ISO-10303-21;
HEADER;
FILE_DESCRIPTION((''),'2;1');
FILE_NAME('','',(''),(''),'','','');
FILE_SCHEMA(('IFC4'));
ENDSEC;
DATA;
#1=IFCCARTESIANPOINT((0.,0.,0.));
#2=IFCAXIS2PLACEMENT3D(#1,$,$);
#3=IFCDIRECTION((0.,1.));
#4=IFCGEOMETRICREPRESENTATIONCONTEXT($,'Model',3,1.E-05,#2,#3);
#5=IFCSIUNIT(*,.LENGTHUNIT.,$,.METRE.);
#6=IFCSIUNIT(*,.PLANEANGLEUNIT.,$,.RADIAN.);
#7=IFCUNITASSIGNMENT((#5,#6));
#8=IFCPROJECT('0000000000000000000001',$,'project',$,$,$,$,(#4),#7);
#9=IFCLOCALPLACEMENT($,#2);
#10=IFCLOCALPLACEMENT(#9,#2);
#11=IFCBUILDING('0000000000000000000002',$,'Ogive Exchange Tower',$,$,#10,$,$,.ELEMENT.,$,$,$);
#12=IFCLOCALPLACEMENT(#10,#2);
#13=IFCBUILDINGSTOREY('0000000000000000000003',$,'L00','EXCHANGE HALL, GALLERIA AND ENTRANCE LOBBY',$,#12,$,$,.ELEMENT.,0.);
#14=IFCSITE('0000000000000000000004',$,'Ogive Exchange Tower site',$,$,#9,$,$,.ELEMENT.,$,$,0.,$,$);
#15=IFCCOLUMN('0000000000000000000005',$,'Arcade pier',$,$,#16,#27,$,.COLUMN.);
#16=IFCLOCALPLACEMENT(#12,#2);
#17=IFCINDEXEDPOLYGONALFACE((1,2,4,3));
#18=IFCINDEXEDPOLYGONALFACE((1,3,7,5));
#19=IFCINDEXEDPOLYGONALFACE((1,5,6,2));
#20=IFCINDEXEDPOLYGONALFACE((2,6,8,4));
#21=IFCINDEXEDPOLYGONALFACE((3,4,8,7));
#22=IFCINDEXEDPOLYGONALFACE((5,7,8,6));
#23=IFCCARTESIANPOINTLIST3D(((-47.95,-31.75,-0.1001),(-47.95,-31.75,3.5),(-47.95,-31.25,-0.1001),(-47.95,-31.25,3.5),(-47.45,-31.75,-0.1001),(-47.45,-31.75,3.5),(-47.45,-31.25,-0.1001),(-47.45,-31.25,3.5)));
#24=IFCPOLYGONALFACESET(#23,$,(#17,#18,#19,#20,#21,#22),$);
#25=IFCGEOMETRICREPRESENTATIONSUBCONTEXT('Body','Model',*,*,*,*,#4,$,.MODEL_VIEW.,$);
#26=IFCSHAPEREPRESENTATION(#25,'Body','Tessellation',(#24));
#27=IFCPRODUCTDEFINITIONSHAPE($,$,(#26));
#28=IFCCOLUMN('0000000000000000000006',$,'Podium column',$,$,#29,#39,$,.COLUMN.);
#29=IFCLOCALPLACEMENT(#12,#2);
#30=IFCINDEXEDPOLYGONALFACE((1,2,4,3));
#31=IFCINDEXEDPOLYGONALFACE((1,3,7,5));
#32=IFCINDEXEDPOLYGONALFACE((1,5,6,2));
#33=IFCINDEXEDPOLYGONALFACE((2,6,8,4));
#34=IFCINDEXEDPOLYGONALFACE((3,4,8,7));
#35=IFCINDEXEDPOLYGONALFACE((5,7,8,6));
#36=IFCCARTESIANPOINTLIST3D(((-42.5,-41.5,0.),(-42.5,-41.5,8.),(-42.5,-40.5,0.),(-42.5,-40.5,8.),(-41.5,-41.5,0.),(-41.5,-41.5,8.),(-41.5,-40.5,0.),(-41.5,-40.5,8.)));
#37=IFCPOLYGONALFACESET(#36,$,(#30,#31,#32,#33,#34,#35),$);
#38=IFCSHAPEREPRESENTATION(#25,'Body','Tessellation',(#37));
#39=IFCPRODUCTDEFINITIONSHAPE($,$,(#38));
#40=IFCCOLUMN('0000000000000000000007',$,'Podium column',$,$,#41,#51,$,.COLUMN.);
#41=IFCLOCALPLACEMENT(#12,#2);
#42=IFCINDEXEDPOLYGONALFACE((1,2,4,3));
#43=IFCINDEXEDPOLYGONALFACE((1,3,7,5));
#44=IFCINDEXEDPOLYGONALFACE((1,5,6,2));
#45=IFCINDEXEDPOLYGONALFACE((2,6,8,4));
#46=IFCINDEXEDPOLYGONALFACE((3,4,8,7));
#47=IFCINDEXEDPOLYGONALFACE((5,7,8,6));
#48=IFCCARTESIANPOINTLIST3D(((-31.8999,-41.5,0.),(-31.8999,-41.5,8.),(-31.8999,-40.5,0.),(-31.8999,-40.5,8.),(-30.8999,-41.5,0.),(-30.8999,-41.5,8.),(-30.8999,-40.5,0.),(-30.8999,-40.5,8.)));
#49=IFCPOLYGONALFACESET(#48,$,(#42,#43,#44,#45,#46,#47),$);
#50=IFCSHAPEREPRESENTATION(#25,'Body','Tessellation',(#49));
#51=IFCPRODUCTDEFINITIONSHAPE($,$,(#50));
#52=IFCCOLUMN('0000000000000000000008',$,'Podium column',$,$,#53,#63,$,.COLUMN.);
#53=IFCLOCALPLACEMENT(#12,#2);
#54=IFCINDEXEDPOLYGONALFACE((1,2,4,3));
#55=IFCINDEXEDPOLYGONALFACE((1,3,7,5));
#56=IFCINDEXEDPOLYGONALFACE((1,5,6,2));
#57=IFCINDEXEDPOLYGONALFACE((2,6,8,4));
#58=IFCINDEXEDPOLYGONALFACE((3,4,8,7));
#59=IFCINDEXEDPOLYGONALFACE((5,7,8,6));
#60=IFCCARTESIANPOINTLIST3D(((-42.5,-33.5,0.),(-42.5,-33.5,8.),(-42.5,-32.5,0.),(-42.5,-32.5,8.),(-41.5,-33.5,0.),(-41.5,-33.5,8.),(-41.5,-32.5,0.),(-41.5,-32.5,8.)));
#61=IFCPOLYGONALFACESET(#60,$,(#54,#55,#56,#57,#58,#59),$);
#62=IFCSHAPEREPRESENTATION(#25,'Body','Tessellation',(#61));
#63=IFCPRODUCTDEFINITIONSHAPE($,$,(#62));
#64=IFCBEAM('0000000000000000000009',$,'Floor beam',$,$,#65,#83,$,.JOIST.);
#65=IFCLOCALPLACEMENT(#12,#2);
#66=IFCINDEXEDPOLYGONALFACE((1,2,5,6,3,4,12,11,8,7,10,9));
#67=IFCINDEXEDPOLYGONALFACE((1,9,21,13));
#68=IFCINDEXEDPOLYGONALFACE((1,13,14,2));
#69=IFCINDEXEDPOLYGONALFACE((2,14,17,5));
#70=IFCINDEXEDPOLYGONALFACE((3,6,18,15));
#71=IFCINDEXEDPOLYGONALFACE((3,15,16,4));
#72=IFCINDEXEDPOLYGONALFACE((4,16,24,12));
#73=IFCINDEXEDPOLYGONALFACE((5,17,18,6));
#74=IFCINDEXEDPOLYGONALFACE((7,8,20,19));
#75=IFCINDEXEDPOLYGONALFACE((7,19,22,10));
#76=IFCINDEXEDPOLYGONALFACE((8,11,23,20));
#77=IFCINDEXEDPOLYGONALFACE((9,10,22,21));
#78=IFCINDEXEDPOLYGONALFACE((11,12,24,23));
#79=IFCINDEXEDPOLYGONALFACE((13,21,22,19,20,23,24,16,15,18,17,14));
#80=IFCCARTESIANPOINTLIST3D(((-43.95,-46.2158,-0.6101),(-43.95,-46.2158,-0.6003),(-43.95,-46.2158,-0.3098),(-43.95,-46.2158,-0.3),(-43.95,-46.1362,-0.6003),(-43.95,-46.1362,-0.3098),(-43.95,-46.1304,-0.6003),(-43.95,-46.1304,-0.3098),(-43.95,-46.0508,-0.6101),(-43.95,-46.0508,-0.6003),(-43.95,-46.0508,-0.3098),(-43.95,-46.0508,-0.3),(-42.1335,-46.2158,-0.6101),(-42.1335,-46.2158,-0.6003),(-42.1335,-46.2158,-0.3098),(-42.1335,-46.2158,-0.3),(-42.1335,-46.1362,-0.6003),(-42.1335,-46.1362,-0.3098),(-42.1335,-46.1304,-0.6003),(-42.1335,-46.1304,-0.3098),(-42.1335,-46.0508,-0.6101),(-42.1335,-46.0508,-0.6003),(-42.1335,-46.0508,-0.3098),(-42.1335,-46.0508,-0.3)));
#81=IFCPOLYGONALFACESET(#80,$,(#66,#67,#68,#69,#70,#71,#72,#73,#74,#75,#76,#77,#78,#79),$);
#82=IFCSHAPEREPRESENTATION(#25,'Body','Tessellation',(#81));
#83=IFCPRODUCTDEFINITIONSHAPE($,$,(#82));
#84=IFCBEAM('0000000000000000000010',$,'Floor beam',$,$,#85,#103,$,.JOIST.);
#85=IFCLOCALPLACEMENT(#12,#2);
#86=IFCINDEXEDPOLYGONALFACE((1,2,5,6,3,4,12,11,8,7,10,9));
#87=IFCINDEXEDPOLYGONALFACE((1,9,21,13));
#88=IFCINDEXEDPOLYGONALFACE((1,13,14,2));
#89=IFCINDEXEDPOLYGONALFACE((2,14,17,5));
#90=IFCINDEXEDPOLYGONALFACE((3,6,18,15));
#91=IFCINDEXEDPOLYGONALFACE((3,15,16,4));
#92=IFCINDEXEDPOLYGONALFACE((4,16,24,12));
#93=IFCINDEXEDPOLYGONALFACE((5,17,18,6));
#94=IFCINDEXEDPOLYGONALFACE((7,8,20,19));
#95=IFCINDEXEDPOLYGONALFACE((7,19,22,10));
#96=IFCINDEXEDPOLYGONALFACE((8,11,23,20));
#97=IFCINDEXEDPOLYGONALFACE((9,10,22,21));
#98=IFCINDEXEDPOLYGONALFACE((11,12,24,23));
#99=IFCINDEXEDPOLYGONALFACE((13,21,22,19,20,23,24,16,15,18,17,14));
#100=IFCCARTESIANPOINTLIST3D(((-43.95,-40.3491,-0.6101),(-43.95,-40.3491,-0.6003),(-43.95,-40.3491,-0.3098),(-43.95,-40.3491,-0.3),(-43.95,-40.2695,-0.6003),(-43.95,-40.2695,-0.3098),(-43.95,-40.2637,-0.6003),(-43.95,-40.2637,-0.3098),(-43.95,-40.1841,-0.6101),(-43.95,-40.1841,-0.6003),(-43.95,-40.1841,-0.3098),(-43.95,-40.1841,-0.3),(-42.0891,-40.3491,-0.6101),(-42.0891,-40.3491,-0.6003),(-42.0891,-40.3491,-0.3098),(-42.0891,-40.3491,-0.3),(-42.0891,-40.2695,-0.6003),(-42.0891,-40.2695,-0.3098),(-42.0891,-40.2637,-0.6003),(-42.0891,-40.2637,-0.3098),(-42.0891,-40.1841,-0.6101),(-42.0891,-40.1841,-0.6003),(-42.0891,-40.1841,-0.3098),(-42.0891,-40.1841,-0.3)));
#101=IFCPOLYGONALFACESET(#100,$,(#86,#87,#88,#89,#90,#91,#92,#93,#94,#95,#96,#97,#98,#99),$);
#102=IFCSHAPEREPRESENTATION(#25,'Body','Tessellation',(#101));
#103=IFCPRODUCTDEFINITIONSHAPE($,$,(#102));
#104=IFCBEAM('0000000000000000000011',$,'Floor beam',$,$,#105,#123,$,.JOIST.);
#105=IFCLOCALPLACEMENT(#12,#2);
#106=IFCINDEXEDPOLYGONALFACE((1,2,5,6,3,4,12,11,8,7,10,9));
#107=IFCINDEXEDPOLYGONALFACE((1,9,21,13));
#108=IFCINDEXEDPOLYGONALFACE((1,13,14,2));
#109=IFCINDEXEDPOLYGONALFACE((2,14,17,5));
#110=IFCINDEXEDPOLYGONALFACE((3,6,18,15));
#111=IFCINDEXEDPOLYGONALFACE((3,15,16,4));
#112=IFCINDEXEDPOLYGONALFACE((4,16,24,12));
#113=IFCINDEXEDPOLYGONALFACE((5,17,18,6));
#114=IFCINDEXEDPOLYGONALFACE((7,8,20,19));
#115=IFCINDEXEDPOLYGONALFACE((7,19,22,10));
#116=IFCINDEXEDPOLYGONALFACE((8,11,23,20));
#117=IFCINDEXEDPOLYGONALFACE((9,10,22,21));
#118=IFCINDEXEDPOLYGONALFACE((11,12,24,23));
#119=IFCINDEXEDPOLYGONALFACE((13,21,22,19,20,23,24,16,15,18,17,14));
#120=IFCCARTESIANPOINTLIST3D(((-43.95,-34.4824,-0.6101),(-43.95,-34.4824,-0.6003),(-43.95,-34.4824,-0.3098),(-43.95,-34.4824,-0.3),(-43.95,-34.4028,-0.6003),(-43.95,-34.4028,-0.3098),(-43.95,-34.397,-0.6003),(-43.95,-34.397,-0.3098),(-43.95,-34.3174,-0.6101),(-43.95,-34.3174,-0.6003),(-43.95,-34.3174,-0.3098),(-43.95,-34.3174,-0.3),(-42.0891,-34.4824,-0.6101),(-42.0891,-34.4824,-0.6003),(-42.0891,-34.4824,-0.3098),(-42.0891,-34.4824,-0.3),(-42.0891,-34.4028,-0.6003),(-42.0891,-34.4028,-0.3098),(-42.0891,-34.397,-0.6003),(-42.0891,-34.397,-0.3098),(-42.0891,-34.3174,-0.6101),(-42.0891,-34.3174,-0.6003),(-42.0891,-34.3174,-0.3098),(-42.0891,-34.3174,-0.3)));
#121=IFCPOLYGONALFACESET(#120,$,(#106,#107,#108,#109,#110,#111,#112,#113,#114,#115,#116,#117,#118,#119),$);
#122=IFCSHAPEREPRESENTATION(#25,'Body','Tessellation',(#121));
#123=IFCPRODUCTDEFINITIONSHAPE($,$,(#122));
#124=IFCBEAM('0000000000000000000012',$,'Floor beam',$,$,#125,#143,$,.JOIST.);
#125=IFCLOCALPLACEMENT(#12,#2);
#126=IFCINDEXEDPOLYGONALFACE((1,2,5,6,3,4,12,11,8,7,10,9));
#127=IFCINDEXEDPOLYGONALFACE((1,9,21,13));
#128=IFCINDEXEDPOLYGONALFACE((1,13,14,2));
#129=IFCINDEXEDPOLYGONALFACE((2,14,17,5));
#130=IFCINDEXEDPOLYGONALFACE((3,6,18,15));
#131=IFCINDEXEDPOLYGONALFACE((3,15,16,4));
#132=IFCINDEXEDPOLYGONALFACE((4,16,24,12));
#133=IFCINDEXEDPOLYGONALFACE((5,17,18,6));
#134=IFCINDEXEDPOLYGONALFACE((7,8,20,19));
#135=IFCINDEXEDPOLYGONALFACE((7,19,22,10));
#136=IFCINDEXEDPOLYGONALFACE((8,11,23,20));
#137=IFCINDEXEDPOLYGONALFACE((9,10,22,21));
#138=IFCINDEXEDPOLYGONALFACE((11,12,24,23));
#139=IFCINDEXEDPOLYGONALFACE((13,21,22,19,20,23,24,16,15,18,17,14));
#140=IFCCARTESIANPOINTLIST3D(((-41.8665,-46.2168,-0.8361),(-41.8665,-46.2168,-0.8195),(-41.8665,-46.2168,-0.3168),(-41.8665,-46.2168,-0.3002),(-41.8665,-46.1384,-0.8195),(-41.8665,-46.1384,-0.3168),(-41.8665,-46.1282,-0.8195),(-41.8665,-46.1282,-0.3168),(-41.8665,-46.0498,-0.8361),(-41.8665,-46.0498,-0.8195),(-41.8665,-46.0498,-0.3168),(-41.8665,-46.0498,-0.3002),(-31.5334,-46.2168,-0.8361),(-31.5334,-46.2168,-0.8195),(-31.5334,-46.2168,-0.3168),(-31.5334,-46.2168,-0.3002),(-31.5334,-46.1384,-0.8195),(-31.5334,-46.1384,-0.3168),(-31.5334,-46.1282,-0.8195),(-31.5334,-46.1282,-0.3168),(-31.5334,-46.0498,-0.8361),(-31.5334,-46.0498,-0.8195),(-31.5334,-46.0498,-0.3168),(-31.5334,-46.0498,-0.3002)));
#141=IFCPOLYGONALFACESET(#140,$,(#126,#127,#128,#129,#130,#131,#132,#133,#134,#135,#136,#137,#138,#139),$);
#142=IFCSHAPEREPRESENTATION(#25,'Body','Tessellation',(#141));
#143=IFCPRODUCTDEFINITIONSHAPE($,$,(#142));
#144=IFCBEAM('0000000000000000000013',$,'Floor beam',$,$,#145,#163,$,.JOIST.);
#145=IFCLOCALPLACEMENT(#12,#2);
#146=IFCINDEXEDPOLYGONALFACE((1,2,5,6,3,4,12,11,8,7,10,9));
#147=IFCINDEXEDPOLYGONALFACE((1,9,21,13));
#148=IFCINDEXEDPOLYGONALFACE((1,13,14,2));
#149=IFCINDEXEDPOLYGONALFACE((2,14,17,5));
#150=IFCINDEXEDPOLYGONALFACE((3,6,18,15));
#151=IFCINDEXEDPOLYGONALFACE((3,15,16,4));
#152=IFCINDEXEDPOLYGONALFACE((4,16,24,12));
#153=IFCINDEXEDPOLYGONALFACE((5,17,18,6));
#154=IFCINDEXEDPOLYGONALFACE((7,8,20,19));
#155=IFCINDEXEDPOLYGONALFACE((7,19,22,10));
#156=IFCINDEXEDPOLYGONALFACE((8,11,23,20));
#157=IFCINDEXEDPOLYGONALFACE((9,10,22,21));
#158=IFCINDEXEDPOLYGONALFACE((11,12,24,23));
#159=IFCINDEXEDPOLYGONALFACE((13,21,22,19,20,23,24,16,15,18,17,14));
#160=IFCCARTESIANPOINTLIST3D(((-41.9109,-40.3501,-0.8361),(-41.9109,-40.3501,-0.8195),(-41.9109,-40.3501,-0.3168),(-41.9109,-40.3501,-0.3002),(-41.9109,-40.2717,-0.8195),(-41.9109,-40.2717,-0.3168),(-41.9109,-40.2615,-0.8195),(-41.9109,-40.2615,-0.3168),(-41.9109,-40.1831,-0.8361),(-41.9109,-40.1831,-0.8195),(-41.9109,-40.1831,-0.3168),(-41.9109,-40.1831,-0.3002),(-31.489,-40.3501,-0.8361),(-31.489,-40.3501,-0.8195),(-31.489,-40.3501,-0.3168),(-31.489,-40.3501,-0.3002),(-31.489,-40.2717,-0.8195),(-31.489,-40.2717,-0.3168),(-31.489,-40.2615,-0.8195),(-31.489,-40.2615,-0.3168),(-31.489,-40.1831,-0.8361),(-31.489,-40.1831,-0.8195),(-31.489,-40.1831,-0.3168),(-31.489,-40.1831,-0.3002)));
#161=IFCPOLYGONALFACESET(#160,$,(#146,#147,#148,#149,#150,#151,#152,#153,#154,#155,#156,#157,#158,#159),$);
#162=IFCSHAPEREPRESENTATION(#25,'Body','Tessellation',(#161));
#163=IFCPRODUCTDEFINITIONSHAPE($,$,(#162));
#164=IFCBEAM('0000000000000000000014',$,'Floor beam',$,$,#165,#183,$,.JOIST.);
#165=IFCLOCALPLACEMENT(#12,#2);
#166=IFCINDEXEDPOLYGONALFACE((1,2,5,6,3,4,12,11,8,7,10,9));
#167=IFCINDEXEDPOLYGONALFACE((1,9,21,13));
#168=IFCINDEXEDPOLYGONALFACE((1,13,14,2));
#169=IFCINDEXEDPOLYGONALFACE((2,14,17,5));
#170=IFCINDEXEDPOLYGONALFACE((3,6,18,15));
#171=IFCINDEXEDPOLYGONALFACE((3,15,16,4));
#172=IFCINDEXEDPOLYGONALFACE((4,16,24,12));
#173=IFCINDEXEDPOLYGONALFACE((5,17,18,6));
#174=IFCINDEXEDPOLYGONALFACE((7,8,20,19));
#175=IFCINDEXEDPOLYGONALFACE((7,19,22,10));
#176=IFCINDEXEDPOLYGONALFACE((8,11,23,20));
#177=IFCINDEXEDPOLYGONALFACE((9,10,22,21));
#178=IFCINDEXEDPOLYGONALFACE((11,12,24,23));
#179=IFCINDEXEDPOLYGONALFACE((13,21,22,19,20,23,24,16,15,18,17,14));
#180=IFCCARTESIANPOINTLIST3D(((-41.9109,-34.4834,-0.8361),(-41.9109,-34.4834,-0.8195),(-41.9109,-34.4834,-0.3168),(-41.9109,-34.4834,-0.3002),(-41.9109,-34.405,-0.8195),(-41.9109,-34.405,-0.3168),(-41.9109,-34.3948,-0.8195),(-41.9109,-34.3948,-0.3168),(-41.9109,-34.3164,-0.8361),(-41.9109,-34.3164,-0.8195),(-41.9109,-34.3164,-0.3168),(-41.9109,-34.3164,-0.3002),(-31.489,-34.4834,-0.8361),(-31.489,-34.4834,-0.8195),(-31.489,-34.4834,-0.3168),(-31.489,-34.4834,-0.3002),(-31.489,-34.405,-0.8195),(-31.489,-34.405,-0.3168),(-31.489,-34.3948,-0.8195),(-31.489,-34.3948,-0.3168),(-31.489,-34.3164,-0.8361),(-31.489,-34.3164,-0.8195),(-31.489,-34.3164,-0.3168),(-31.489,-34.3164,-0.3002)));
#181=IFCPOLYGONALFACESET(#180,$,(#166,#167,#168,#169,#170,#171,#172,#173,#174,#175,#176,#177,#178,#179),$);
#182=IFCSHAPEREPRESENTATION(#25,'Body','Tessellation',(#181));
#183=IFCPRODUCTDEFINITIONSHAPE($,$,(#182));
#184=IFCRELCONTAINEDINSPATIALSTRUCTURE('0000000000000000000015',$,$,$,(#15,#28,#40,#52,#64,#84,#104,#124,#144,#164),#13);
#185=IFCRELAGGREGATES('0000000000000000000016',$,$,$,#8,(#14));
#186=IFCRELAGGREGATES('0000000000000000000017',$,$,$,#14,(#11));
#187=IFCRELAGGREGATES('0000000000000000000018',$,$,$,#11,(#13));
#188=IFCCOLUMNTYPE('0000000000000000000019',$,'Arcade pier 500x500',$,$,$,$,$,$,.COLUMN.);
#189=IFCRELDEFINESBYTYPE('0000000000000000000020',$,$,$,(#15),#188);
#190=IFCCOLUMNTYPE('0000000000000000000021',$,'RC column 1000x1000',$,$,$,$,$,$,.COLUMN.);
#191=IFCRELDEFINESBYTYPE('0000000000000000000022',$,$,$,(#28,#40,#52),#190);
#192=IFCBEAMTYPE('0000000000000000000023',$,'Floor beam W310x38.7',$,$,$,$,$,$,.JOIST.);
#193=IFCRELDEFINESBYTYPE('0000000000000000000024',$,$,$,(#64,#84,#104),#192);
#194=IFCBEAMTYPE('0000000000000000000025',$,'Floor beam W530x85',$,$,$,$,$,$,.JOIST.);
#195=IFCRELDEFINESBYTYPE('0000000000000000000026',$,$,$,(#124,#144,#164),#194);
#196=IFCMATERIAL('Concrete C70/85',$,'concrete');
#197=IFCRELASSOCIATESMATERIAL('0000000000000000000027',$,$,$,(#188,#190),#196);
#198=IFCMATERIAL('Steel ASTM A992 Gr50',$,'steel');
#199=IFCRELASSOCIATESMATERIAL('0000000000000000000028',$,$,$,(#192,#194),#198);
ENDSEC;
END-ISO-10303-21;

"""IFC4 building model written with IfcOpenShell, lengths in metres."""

from ifc_helpers import new_model, si_unit, direction, frame, origin, origin_2d, place, context, subcontext, project, spatial, rectangle, i_section, extrude, material, material_profile, profile_set, type_object, element, save


model = new_model("IFC4")

# Units and contexts
model_context = context("Model", 3, precision=1e-05, world=origin(), true_north=direction((0.0, 1.0)))
body_context = subcontext(model_context, "Body", "Model", "MODEL_VIEW")
ifc_project = project(units=[si_unit("LENGTHUNIT", "METRE"), si_unit("PLANEANGLEUNIT", "RADIAN")], contexts=[model_context])

# Site, building, storey
site_placement = place(None, origin())
site = spatial("IfcSite", under=ifc_project, at=site_placement, Name="Ogive Exchange Tower site", CompositionType="ELEMENT", RefElevation=0.0)
building_placement = place(site_placement, origin())
building = spatial("IfcBuilding", under=site, at=building_placement, Name="Ogive Exchange Tower", CompositionType="ELEMENT")
storey_placement = place(building_placement, origin())
storey = spatial("IfcBuildingStorey", under=building, at=storey_placement, Name="L00", Description="EXCHANGE HALL, GALLERIA AND ENTRANCE LOBBY", CompositionType="ELEMENT", Elevation=0.0)

# Columns
ifc_material_1 = material(Name="Concrete C70/85", Category="concrete")
ifc_material_profile_1 = material_profile(ifc_material_1, rectangle(XDim=0.5, YDim=0.5, at=origin_2d()), Name="RC 500x500")
ifc_profile_set_1 = profile_set([ifc_material_profile_1], Name="Concrete C70/85")
column_type_1 = type_object("IfcColumnType", Name="Arcade pier 500x500", PredefinedType="COLUMN", material=ifc_profile_set_1)
column_placement = place(storey_placement, frame((-47.7, -31.5, -0.1001), z_axis=(0.0, 0.0, 1.0), x_axis=(1.0, 0.0, 0.0)))
element("IfcColumn", 1, at=column_placement, inside=storey, type_object=column_type_1, Name="Arcade pier", PredefinedType="COLUMN", context=body_context, shape_type="SweptSolid", body=[
    extrude(rectangle(XDim=0.5, YDim=0.5, at=origin_2d()), origin(), (0.0, 0.0, 1.0), 3.6001),
])
ifc_material_profile_2 = material_profile(ifc_material_1, rectangle(XDim=1.0, YDim=1.0, at=origin_2d()), Name="RC 1000x1000")
ifc_profile_set_2 = profile_set([ifc_material_profile_2], Name="Concrete C70/85")
column_type_2 = type_object("IfcColumnType", Name="RC column 1000x1000", PredefinedType="COLUMN", material=ifc_profile_set_2)
for number, where, z_axis, x_axis, name in (
    (2, (-42.0, -41.0, 0.0), (0.0, 0.0, 1.0), (1.0, 0.0, 0.0), "Podium column"),
    (3, (-31.3999, -41.0, 0.0), (0.0, 0.0, 1.0), (1.0, 0.0, 0.0), "Podium column"),
    (4, (-42.0, -33.0, 0.0), (0.0, 0.0, 1.0), (1.0, 0.0, 0.0), "Podium column"),
):
    element("IfcColumn", number, at=place(storey_placement, frame(where, z_axis=z_axis, x_axis=x_axis)), inside=storey, type_object=column_type_2, Name=name, PredefinedType="COLUMN", context=body_context, shape_type="SweptSolid", body=[
        extrude(rectangle(XDim=1.0, YDim=1.0, at=origin_2d()), origin(), (0.0, 0.0, 1.0), 8.0),
    ])

# Beams
ifc_material_2 = material(Name="Steel ASTM A992 Gr50", Category="steel")
ifc_material_profile_3 = material_profile(ifc_material_2, i_section(OverallWidth=0.165, OverallDepth=0.3101, WebThickness=0.0059, FlangeThickness=0.0098, at=origin_2d()), Name="W310x38.7")
ifc_profile_set_3 = profile_set([ifc_material_profile_3], Name="Steel ASTM A992 Gr50")
beam_type_1 = type_object("IfcBeamType", Name="Floor beam W310x38.7", PredefinedType="JOIST", material=ifc_profile_set_3)
beam_1_placement = place(storey_placement, frame((-43.95, -46.1333, -0.4551), z_axis=(1.0, 0.0, 0.0), x_axis=(0.0, 1.0, 0.0)))
element("IfcBeam", 5, at=beam_1_placement, inside=storey, type_object=beam_type_1, Name="Floor beam", PredefinedType="JOIST", context=body_context, shape_type="SweptSolid", body=[
    extrude(i_section(OverallWidth=0.165, OverallDepth=0.3101, WebThickness=0.0059, FlangeThickness=0.0098, at=origin_2d()), origin(), (0.0, 0.0, 1.0), 1.8164),
])
for number, where, z_axis, x_axis, name in (
    (6, (-43.95, -40.2666, -0.4551), (1.0, 0.0, 0.0), (0.0, 1.0, 0.0), "Floor beam"),
    (7, (-43.95, -34.3999, -0.4551), (1.0, 0.0, 0.0), (0.0, 1.0, 0.0), "Floor beam"),
):
    element("IfcBeam", number, at=place(storey_placement, frame(where, z_axis=z_axis, x_axis=x_axis)), inside=storey, type_object=beam_type_1, Name=name, PredefinedType="JOIST", context=body_context, shape_type="SweptSolid", body=[
        extrude(i_section(OverallWidth=0.165, OverallDepth=0.3101, WebThickness=0.0059, FlangeThickness=0.0098, at=origin_2d()), origin(), (0.0, 0.0, 1.0), 1.8608),
    ])
ifc_material_profile_4 = material_profile(ifc_material_2, i_section(OverallWidth=0.167, OverallDepth=0.5359, WebThickness=0.0103, FlangeThickness=0.0166, at=origin_2d()), Name="W530x85")
ifc_profile_set_4 = profile_set([ifc_material_profile_4], Name="Steel ASTM A992 Gr50")
beam_type_2 = type_object("IfcBeamType", Name="Floor beam W530x85", PredefinedType="JOIST", material=ifc_profile_set_4)
beam_2_placement = place(storey_placement, frame((-41.8665, -46.1333, -0.5681), z_axis=(1.0, 0.0, 0.0), x_axis=(0.0, 1.0, 0.0)))
element("IfcBeam", 8, at=beam_2_placement, inside=storey, type_object=beam_type_2, Name="Floor beam", PredefinedType="JOIST", context=body_context, shape_type="SweptSolid", body=[
    extrude(i_section(OverallWidth=0.167, OverallDepth=0.5359, WebThickness=0.0103, FlangeThickness=0.0166, at=origin_2d()), origin(), (0.0, 0.0, 1.0), 10.333),
])
for number, where, z_axis, x_axis, name in (
    (9, (-41.9109, -40.2666, -0.5681), (1.0, 0.0, 0.0), (0.0, 1.0, 0.0), "Floor beam"),
    (10, (-41.9109, -34.3999, -0.5681), (1.0, 0.0, 0.0), (0.0, 1.0, 0.0), "Floor beam"),
):
    element("IfcBeam", number, at=place(storey_placement, frame(where, z_axis=z_axis, x_axis=x_axis)), inside=storey, type_object=beam_type_2, Name=name, PredefinedType="JOIST", context=body_context, shape_type="SweptSolid", body=[
        extrude(i_section(OverallWidth=0.167, OverallDepth=0.5359, WebThickness=0.0103, FlangeThickness=0.0166, at=origin_2d()), origin(), (0.0, 0.0, 1.0), 10.4219),
    ])

save(model, "model.ifc")
